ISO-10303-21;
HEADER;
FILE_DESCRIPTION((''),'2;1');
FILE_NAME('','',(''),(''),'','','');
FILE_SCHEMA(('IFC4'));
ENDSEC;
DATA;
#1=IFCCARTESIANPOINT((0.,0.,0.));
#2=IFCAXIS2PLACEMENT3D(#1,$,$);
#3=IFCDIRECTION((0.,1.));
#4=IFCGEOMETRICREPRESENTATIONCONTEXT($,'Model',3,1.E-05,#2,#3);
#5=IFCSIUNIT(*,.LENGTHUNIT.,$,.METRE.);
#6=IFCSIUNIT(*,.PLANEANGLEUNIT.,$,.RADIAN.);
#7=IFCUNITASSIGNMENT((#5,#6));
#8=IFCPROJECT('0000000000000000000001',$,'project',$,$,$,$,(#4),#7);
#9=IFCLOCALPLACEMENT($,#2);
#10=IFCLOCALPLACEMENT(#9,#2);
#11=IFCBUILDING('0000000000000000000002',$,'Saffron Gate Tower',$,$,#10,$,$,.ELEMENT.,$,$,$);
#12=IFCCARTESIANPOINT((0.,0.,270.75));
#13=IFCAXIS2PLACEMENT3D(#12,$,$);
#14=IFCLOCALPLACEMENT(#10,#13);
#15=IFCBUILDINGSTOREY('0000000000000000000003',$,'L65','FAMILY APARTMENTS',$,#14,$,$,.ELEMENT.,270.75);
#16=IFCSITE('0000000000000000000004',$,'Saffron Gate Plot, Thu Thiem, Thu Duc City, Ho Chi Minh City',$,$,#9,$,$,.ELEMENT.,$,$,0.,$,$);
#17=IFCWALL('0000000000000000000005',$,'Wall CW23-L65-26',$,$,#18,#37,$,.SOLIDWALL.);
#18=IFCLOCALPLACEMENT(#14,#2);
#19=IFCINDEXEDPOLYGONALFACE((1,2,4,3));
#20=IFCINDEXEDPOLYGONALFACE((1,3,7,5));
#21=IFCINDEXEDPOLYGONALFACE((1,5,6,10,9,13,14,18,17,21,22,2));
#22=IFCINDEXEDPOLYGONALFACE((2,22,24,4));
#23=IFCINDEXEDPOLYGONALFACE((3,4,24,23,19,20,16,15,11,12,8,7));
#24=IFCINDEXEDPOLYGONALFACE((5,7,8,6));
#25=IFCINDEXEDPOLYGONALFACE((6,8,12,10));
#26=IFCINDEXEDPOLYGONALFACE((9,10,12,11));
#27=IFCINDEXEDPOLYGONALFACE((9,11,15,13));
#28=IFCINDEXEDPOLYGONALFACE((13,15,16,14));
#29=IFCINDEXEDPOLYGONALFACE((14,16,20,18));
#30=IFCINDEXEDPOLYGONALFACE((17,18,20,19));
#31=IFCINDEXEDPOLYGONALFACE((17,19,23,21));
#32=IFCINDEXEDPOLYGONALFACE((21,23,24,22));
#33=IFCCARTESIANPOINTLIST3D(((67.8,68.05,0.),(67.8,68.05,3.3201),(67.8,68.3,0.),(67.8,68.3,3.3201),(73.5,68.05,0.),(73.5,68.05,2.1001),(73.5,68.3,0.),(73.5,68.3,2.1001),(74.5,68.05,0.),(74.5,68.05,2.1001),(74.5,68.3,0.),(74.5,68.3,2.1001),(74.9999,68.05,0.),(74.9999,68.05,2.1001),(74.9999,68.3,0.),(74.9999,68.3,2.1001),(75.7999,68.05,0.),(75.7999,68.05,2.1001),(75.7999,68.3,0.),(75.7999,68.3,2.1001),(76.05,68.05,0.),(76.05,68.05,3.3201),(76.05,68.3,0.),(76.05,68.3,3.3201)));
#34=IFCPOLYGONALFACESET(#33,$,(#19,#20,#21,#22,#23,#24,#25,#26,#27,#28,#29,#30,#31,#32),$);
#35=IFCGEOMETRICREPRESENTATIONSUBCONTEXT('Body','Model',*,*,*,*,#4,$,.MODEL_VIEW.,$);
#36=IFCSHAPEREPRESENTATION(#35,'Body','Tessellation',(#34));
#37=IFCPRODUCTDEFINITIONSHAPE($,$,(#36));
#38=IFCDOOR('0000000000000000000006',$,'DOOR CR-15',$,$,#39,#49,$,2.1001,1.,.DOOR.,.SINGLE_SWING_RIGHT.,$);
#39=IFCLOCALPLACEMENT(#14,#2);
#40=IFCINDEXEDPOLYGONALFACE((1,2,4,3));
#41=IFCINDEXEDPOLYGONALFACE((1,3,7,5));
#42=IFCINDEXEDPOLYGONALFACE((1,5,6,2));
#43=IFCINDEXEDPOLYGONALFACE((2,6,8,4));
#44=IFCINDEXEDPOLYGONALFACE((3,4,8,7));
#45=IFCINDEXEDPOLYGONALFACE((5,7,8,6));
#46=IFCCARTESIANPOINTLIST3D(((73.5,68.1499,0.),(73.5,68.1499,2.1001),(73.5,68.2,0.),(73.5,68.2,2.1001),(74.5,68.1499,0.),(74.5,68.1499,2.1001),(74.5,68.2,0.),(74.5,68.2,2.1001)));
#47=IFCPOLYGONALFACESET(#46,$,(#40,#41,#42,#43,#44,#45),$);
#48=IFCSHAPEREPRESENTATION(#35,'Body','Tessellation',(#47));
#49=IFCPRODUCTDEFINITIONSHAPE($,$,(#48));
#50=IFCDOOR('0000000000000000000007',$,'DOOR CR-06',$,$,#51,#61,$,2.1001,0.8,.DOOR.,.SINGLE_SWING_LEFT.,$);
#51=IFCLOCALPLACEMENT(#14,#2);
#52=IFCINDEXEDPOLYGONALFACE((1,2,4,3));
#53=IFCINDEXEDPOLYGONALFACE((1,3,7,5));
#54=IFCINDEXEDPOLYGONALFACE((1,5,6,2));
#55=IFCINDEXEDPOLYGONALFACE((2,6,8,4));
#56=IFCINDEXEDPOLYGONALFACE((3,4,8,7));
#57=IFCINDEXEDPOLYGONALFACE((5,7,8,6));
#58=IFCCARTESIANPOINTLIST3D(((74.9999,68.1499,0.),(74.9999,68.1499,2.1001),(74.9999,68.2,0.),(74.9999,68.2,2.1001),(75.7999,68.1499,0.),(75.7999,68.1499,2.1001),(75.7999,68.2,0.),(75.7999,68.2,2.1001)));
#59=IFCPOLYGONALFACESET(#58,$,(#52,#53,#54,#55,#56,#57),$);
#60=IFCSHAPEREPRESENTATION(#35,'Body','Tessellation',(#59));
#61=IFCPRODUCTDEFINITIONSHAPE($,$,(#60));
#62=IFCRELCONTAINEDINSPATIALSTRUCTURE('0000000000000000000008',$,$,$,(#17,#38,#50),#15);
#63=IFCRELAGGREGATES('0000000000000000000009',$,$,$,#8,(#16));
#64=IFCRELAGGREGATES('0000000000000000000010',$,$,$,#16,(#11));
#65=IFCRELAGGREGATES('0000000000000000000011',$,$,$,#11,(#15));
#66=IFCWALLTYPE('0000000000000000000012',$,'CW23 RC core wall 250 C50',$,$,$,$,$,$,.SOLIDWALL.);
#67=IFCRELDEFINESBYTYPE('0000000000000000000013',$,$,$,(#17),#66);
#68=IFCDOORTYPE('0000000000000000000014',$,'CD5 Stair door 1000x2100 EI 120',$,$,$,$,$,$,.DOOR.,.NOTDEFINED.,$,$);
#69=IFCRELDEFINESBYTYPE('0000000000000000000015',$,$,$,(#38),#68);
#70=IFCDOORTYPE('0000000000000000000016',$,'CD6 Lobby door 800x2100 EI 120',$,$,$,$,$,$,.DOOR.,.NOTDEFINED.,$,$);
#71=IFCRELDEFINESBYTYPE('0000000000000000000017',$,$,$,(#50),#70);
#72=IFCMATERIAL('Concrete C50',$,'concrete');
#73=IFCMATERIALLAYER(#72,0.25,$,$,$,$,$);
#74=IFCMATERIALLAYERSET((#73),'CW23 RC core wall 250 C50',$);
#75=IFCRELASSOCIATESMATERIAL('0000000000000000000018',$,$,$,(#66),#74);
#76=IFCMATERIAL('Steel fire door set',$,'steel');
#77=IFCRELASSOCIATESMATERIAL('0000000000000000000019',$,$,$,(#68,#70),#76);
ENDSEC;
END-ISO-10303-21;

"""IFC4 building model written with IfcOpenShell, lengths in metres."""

from ifc_helpers import new_model, si_unit, direction, frame, frame_2d, origin, place, context, subcontext, project, spatial, rectangle, extrude, material, layer, layer_set, type_object, element, fill, save


model = new_model("IFC4")

# Units and contexts
model_context = context("Model", 3, precision=1e-05, world=origin(), true_north=direction((0.0, 1.0)))
body_context = subcontext(model_context, "Body", "Model", "MODEL_VIEW")
ifc_project = project(units=[si_unit("LENGTHUNIT", "METRE"), si_unit("PLANEANGLEUNIT", "RADIAN")], contexts=[model_context])

# Site, building, storey
site_placement = place(None, origin())
site = spatial("IfcSite", under=ifc_project, at=site_placement, Name="Saffron Gate Plot, Thu Thiem, Thu Duc City, Ho Chi Minh City", CompositionType="ELEMENT", RefElevation=0.0)
building_placement = place(site_placement, origin())
building = spatial("IfcBuilding", under=site, at=building_placement, Name="Saffron Gate Tower", CompositionType="ELEMENT")
storey_placement = place(building_placement, frame((0.0, 0.0, 270.75)))
storey = spatial("IfcBuildingStorey", under=building, at=storey_placement, Name="L65", Description="FAMILY APARTMENTS", CompositionType="ELEMENT", Elevation=270.75)

# Wall, openings, doors
ifc_material_1 = material(Name="Concrete C50", Category="concrete")
ifc_layer_1 = layer(ifc_material_1, 0.25)
ifc_layer_set_1 = layer_set([ifc_layer_1], Name="CW23 RC core wall 250 C50")
wall_type_1 = type_object("IfcWallType", Name="CW23 RC core wall 250 C50", PredefinedType="SOLIDWALL", material=ifc_layer_set_1)
wall_1_placement = place(storey_placement, frame((67.8, 68.175, 0.0), z_axis=(0.0, 0.0, 1.0), x_axis=(1.0, 0.0, 0.0)))
wall_1 = element("IfcWall", 1, at=wall_1_placement, inside=storey, type_object=wall_type_1, Name="Wall CW23-L65-26", PredefinedType="SOLIDWALL", context=body_context, shape_type="SweptSolid", body=[
    extrude(rectangle(XDim=8.25, YDim=0.25, at=frame_2d((4.125, 0.0))), origin(), (0.0, 0.0, 1.0), 3.3201),
])
opening_1_placement = place(wall_1_placement, frame((5.7, 0.0, 0.0)))
opening_1 = element("IfcOpeningElement", 2, at=opening_1_placement, cuts=wall_1, PredefinedType="OPENING", context=body_context, shape_type="SweptSolid", body=[
    extrude(rectangle(XDim=1.0, YDim=2.1001, at=frame_2d((0.5, 1.05))), frame((0.0, 0.135, 0.0), z_axis=(0.0, -1.0, 0.0), x_axis=(1.0, 0.0, 0.0)), (0.0, 0.0, 1.0), 0.27),
])
opening_2_placement = place(wall_1_placement, frame((7.2, 0.0, 0.0)))
opening_2 = element("IfcOpeningElement", 3, at=opening_2_placement, cuts=wall_1, PredefinedType="OPENING", context=body_context, shape_type="SweptSolid", body=[
    extrude(rectangle(XDim=0.8, YDim=2.1001, at=frame_2d((0.3999, 1.05))), frame((0.0, 0.135, 0.0), z_axis=(0.0, -1.0, 0.0), x_axis=(1.0, 0.0, 0.0)), (0.0, 0.0, 1.0), 0.27),
])
ifc_material_2 = material(Name="Steel fire door set", Category="steel")
door_type_1 = type_object("IfcDoorType", Name="CD5 Stair door 1000x2100 EI 120", OperationType="NOTDEFINED", PredefinedType="DOOR", material=ifc_material_2)
door_1_placement = place(opening_1_placement, origin())
door_1 = element("IfcDoor", 4, at=door_1_placement, inside=storey, type_object=door_type_1, Name="DOOR CR-15", OperationType="SINGLE_SWING_RIGHT", OverallHeight=2.1001, OverallWidth=1.0, PredefinedType="DOOR", context=body_context, shape_type="SweptSolid", body=[
    extrude(rectangle(XDim=1.0, YDim=2.1001, at=frame_2d((0.5, 1.05))), frame((0.0, 0.0249, 0.0), z_axis=(0.0, -1.0, 0.0), x_axis=(1.0, 0.0, 0.0)), (0.0, 0.0, 1.0), 0.05),
])
fill(opening_1, door_1)
door_type_2 = type_object("IfcDoorType", Name="CD6 Lobby door 800x2100 EI 120", OperationType="NOTDEFINED", PredefinedType="DOOR", material=ifc_material_2)
door_2_placement = place(opening_2_placement, origin())
door_2 = element("IfcDoor", 5, at=door_2_placement, inside=storey, type_object=door_type_2, Name="DOOR CR-06", OperationType="SINGLE_SWING_LEFT", OverallHeight=2.1001, OverallWidth=0.8, PredefinedType="DOOR", context=body_context, shape_type="SweptSolid", body=[
    extrude(rectangle(XDim=0.8, YDim=2.1001, at=frame_2d((0.3999, 1.05))), frame((0.0, 0.0249, 0.0), z_axis=(0.0, -1.0, 0.0), x_axis=(1.0, 0.0, 0.0)), (0.0, 0.0, 1.0), 0.05),
])
fill(opening_2, door_2)

save(model, "model.ifc")
